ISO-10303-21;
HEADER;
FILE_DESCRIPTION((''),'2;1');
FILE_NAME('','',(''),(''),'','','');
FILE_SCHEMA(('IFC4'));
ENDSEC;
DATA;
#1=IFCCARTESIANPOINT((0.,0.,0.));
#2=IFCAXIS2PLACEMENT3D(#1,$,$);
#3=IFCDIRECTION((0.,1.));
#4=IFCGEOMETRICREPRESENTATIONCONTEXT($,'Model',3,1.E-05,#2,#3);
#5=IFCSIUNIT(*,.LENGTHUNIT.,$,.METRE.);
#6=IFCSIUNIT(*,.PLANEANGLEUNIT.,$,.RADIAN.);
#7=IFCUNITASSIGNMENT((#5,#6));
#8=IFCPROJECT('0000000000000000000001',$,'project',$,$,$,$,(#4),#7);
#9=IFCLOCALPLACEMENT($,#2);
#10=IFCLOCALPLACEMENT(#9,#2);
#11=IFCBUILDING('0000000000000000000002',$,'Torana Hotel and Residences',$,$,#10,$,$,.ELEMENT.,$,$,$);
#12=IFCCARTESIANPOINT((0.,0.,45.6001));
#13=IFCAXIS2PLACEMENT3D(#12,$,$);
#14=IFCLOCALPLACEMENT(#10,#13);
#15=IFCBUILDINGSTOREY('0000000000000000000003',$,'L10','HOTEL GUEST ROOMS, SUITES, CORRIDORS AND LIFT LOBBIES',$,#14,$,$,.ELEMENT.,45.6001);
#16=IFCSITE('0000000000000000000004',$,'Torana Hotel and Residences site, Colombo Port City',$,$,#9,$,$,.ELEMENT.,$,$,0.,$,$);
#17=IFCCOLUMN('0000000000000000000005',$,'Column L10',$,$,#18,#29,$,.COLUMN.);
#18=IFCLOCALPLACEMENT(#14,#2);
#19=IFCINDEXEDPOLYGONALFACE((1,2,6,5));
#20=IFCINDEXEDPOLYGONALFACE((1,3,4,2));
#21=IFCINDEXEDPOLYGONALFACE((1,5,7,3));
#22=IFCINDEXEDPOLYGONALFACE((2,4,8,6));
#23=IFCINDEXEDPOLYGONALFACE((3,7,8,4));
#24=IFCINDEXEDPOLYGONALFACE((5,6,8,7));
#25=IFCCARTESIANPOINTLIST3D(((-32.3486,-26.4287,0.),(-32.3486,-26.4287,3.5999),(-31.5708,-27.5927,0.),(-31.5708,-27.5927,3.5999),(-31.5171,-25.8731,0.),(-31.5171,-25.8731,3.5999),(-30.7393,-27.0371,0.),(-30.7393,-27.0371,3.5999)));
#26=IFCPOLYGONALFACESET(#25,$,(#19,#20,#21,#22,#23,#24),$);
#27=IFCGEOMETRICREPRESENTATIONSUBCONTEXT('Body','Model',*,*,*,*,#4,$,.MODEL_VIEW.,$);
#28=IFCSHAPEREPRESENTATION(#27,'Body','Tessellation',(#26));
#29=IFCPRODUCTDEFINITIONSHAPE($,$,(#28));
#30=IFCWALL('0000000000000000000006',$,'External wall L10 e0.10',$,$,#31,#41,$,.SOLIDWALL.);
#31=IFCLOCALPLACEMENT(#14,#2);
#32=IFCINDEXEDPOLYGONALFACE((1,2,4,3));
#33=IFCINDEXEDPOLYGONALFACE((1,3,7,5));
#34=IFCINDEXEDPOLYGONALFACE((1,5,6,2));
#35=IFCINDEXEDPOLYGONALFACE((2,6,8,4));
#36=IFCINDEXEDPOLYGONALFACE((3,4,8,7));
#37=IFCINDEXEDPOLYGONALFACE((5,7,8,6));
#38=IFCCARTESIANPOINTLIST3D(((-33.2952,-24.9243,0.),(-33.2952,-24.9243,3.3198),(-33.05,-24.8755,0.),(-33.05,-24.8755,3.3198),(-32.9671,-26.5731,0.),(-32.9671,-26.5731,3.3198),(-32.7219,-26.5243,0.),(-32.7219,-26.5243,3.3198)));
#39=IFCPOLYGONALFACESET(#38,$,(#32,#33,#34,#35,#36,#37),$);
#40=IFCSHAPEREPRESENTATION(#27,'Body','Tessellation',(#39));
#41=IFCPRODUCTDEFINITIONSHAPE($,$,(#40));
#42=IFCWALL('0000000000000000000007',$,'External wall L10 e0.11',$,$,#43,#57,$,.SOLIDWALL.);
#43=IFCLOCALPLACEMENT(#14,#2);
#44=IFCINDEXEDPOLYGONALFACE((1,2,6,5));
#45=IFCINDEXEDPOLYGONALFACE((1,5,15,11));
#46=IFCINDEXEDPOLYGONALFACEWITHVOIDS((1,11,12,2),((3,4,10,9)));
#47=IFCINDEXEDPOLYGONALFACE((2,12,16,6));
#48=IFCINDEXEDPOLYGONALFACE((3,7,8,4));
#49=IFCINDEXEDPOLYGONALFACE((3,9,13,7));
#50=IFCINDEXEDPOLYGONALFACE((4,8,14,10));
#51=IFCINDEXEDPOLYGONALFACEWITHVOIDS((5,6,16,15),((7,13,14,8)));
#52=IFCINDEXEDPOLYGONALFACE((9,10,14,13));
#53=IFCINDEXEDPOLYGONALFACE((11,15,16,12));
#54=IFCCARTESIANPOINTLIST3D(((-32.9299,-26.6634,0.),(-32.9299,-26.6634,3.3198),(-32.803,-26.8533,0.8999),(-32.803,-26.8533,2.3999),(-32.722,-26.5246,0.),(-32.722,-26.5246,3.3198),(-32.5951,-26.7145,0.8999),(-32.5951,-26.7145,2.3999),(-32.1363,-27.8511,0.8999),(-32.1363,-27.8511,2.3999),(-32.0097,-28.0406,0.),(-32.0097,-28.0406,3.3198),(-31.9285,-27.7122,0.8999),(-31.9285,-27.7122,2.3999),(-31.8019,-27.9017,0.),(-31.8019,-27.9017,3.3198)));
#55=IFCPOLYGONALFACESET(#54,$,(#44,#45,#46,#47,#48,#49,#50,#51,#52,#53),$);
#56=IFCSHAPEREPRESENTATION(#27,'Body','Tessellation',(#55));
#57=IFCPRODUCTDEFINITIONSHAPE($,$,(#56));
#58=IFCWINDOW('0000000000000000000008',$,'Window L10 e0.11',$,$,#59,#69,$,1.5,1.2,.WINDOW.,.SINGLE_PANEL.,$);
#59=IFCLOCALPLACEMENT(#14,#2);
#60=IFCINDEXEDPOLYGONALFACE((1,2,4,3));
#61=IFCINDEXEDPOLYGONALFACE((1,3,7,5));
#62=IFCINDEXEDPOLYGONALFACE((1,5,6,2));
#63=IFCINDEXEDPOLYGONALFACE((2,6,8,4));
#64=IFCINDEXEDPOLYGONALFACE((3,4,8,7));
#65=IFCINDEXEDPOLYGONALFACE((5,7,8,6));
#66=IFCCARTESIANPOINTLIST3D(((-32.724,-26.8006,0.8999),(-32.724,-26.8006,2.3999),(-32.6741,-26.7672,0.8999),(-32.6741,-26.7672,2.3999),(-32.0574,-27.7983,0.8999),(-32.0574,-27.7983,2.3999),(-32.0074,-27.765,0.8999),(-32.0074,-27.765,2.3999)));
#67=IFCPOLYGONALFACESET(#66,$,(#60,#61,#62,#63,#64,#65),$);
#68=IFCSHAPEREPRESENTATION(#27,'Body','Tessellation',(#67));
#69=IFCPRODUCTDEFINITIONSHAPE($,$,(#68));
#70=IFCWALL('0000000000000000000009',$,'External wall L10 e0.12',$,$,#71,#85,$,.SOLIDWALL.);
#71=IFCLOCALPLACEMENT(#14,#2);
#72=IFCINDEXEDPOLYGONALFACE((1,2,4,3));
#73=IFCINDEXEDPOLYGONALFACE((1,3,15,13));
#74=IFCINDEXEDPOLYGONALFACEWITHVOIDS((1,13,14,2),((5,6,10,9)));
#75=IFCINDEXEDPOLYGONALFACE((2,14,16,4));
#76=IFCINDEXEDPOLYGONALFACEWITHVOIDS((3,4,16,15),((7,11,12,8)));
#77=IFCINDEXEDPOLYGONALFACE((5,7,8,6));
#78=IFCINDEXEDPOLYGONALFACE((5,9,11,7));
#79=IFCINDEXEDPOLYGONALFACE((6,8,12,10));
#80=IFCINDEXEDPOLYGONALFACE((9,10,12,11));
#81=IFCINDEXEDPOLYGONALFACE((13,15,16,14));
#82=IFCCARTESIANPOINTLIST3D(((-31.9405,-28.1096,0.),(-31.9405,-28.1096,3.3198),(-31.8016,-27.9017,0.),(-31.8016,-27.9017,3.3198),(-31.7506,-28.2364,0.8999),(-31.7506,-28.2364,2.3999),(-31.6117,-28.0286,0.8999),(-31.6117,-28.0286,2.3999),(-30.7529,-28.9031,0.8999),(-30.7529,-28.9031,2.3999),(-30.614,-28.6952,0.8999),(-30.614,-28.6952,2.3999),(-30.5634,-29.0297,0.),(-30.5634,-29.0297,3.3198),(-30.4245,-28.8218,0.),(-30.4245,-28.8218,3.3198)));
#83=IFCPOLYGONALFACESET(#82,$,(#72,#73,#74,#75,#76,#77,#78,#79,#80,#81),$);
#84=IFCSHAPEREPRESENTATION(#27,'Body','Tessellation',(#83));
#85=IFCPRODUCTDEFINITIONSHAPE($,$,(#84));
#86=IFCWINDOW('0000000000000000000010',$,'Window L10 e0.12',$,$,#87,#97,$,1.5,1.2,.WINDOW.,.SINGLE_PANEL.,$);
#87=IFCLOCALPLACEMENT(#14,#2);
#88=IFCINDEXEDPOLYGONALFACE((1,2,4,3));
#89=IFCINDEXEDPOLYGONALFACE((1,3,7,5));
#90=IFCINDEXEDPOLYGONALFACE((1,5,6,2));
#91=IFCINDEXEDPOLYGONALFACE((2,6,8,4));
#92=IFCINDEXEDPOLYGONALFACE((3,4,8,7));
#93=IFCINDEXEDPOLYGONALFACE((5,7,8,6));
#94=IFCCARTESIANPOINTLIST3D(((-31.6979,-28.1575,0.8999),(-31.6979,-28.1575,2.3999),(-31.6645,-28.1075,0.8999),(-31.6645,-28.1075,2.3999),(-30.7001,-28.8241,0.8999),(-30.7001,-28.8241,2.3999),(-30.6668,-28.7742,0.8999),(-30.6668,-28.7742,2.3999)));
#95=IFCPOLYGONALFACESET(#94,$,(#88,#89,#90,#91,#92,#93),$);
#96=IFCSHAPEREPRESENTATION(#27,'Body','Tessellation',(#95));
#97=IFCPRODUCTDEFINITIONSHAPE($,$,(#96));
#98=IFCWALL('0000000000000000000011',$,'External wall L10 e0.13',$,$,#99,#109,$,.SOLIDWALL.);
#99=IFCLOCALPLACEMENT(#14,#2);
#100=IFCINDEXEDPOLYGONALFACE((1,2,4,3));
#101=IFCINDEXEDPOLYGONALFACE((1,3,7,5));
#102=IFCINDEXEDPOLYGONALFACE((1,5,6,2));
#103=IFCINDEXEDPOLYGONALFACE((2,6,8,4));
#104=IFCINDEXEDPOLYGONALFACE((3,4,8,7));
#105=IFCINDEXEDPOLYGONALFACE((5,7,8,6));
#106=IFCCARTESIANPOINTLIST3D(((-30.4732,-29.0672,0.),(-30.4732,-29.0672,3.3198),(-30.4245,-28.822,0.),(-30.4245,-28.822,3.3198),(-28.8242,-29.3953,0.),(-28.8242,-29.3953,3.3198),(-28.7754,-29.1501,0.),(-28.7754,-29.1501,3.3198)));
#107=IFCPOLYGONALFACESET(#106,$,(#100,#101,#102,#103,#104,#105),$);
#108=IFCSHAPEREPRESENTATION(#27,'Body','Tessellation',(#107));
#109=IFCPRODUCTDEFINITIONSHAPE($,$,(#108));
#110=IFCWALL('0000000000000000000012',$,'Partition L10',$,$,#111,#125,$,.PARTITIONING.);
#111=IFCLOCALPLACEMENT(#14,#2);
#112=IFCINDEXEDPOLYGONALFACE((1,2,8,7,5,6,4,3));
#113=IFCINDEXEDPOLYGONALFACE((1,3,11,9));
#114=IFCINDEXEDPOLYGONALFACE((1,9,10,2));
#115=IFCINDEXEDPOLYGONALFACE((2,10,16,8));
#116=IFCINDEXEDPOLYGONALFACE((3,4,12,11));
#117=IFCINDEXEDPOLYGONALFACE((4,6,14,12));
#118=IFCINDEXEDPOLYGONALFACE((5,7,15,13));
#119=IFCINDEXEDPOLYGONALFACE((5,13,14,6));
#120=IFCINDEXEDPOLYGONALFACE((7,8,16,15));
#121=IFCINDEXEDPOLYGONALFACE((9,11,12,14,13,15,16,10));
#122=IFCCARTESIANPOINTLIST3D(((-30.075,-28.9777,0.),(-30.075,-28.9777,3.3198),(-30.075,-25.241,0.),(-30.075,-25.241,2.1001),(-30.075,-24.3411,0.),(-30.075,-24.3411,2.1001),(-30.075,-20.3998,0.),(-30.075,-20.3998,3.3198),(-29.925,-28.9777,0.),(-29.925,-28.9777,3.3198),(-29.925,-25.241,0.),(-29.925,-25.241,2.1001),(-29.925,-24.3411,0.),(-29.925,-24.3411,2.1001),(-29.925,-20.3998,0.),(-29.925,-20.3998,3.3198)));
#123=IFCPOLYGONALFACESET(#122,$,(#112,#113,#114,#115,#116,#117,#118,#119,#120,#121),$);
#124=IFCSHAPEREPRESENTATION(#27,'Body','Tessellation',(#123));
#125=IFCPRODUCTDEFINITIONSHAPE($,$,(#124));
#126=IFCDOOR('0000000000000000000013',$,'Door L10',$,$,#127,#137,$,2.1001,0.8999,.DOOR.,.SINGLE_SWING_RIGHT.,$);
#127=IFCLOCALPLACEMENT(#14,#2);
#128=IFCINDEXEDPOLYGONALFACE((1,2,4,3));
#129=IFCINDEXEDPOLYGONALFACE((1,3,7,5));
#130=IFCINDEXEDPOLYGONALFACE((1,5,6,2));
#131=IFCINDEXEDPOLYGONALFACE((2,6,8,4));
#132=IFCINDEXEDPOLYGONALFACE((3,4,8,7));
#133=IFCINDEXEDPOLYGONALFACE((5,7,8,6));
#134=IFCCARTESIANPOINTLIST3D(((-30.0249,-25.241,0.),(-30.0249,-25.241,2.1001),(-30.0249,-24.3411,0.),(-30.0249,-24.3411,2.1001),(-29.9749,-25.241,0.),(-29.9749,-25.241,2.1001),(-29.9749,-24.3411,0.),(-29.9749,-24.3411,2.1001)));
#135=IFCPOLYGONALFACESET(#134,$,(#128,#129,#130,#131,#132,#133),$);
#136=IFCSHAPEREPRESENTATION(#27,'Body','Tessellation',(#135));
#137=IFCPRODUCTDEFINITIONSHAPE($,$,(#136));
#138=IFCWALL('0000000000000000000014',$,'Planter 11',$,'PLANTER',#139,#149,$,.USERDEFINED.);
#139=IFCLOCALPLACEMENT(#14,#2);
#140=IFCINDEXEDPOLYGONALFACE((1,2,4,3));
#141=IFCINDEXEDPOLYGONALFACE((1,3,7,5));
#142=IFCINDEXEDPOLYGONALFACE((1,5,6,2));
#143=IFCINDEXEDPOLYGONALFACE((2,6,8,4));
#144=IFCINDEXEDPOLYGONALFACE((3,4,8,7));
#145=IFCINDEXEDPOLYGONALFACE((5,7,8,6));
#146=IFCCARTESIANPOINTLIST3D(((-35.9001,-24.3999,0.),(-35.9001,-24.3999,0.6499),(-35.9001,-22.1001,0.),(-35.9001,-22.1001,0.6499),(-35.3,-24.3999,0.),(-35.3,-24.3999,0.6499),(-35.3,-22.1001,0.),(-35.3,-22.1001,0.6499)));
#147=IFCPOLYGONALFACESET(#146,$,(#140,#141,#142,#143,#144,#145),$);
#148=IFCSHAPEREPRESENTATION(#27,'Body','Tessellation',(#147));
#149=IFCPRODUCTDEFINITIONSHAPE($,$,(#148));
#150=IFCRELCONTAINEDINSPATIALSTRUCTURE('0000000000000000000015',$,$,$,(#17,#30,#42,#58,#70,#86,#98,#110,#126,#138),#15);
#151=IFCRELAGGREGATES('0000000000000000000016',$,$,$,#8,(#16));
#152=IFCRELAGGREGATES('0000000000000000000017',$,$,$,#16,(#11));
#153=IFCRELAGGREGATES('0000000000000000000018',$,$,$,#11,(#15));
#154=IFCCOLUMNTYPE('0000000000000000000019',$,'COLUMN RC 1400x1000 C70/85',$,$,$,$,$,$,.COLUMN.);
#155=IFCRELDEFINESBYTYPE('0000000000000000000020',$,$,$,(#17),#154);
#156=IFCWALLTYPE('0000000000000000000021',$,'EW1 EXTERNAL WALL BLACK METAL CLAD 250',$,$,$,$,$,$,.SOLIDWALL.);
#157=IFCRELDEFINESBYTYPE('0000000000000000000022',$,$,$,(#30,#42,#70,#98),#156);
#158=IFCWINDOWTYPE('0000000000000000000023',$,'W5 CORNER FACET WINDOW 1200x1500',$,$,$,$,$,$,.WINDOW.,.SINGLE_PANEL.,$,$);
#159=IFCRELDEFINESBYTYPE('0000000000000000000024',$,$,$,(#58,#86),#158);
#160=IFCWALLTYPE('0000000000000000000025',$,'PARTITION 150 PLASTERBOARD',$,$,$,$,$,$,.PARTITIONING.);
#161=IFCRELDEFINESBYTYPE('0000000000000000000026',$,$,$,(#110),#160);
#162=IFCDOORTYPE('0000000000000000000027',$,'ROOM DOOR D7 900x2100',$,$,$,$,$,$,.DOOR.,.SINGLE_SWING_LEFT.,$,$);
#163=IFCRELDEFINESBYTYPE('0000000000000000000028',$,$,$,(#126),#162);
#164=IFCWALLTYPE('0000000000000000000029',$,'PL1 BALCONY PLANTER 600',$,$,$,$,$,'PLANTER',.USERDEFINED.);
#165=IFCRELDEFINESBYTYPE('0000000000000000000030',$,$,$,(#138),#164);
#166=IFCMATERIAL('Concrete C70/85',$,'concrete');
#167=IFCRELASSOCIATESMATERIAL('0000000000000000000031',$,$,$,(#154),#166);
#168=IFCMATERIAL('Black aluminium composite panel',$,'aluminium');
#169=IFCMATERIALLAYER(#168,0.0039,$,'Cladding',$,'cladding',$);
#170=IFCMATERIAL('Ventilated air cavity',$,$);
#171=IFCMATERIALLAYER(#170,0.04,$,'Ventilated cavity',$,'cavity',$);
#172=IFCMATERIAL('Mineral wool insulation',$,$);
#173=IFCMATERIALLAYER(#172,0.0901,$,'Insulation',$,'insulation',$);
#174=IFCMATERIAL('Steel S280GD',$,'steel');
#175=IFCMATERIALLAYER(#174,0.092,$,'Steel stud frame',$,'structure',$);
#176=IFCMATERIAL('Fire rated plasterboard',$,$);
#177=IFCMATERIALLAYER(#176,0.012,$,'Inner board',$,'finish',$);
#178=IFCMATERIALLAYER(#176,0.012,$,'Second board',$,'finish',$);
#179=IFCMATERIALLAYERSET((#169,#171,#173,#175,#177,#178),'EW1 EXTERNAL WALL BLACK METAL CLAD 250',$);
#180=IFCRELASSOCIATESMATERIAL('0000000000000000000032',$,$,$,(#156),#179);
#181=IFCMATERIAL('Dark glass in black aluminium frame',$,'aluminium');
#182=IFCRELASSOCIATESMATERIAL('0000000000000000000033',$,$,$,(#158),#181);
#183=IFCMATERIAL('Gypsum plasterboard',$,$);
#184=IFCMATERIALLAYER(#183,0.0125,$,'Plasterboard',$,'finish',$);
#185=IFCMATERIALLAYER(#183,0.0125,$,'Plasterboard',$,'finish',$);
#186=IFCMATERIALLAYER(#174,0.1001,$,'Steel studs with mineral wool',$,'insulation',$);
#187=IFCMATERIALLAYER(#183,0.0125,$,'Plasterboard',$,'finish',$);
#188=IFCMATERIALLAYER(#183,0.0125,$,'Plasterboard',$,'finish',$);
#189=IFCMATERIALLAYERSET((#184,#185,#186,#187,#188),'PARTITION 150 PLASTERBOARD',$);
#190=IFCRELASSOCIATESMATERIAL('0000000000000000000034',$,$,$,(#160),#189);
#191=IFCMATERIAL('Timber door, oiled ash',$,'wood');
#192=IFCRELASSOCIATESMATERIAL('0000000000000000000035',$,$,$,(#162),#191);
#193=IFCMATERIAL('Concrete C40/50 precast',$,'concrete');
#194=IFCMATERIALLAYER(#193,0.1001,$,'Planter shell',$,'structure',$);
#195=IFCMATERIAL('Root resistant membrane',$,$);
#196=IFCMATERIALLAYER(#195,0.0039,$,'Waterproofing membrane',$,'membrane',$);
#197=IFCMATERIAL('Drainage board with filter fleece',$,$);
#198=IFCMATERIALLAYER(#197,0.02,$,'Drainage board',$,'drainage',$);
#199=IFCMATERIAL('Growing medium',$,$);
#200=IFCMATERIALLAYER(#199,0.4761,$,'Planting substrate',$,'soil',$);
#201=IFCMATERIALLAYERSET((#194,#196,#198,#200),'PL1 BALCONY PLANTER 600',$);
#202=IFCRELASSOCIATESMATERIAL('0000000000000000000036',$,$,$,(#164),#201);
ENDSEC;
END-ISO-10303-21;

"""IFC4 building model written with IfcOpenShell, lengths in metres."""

from ifc_helpers import new_model, si_unit, direction, frame, frame_2d, origin, origin_2d, place, context, subcontext, project, spatial, rectangle, extrude, material, layer, layer_set, material_profile, profile_set, type_object, element, fill, save


model = new_model("IFC4")

# Units and contexts
model_context = context("Model", 3, precision=1e-05, world=origin(), true_north=direction((0.0, 1.0)))
body_context = subcontext(model_context, "Body", "Model", "MODEL_VIEW")
ifc_project = project(units=[si_unit("LENGTHUNIT", "METRE"), si_unit("PLANEANGLEUNIT", "RADIAN")], contexts=[model_context])

# Site, building, storey
site_placement = place(None, origin())
site = spatial("IfcSite", under=ifc_project, at=site_placement, Name="Torana Hotel and Residences site, Colombo Port City", CompositionType="ELEMENT", RefElevation=0.0)
building_placement = place(site_placement, origin())
building = spatial("IfcBuilding", under=site, at=building_placement, Name="Torana Hotel and Residences", CompositionType="ELEMENT")
storey_placement = place(building_placement, frame((0.0, 0.0, 45.6001)))
storey = spatial("IfcBuildingStorey", under=building, at=storey_placement, Name="L10", Description="HOTEL GUEST ROOMS, SUITES, CORRIDORS AND LIFT LOBBIES", CompositionType="ELEMENT", Elevation=45.6001)

# Column
ifc_material_1 = material(Name="Concrete C70/85", Category="concrete")
ifc_material_profile = material_profile(ifc_material_1, rectangle(XDim=1.3999, YDim=1.0, at=origin_2d()), Name="RC 1400x1000")
ifc_profile_set = profile_set([ifc_material_profile], Name="Concrete C70/85")
column_type = type_object("IfcColumnType", Name="COLUMN RC 1400x1000 C70/85", PredefinedType="COLUMN", material=ifc_profile_set)
column_placement = place(storey_placement, frame((-31.5439, -26.7329, 0.0), z_axis=(0.0, 0.0, 1.0), x_axis=(-0.555585, 0.83146, 0.0)))
element("IfcColumn", 1, at=column_placement, inside=storey, type_object=column_type, Name="Column L10", PredefinedType="COLUMN", context=body_context, shape_type="SweptSolid", body=[
    extrude(rectangle(XDim=1.3999, YDim=1.0, at=origin_2d()), origin(), (0.0, 0.0, 1.0), 3.5999),
])

# Wall
ifc_material_2 = material(Name="Black aluminium composite panel", Category="aluminium")
ifc_layer_1 = layer(ifc_material_2, 0.0039, Name="Cladding", Category="cladding")
ifc_material_3 = material(Name="Ventilated air cavity")
ifc_layer_2 = layer(ifc_material_3, 0.04, Name="Ventilated cavity", Category="cavity")
ifc_material_4 = material(Name="Mineral wool insulation")
ifc_layer_3 = layer(ifc_material_4, 0.0901, Name="Insulation", Category="insulation")
ifc_material_5 = material(Name="Steel S280GD", Category="steel")
ifc_layer_4 = layer(ifc_material_5, 0.092, Name="Steel stud frame", Category="structure")
ifc_material_6 = material(Name="Fire rated plasterboard")
ifc_layer_5 = layer(ifc_material_6, 0.012, Name="Inner board", Category="finish")
ifc_layer_6 = layer(ifc_material_6, 0.012, Name="Second board", Category="finish")
ifc_layer_set_1 = layer_set([ifc_layer_1, ifc_layer_2, ifc_layer_3, ifc_layer_4, ifc_layer_5, ifc_layer_6], Name="EW1 EXTERNAL WALL BLACK METAL CLAD 250")
wall_type_1 = type_object("IfcWallType", Name="EW1 EXTERNAL WALL BLACK METAL CLAD 250", PredefinedType="SOLIDWALL", material=ifc_layer_set_1)
wall_1_placement = place(storey_placement, frame((-33.1726, -24.8999, 0.0), z_axis=(0.0, 0.0, 1.0), x_axis=(0.195167, -0.98077, 0.0)))
element("IfcWall", 2, at=wall_1_placement, inside=storey, type_object=wall_type_1, Name="External wall L10 e0.10", PredefinedType="SOLIDWALL", context=body_context, shape_type="SweptSolid", body=[
    extrude(rectangle(XDim=1.6812, YDim=0.25, at=frame_2d((0.8406, 0.0))), origin(), (0.0, 0.0, 1.0), 3.3198),
])

# Walls, openings, windows
wall_2_placement = place(storey_placement, frame((-32.8259, -26.594, 0.0), z_axis=(0.0, 0.0, 1.0), x_axis=(0.55555, -0.831483, 0.0)))
wall_2 = element("IfcWall", 3, at=wall_2_placement, inside=storey, type_object=wall_type_1, Name="External wall L10 e0.11", PredefinedType="SOLIDWALL", context=body_context, shape_type="SweptSolid", body=[
    extrude(rectangle(XDim=1.6562, YDim=0.25, at=frame_2d((0.8281, 0.0))), origin(), (0.0, 0.0, 1.0), 3.3198),
])
opening_1_placement = place(wall_2_placement, frame((0.2283, 0.0, 0.8999)))
opening_1 = element("IfcOpeningElement", 4, at=opening_1_placement, cuts=wall_2, PredefinedType="OPENING", context=body_context, shape_type="SweptSolid", body=[
    extrude(rectangle(XDim=1.2, YDim=1.5, at=frame_2d((0.6001, 0.75))), frame((0.0, 0.135, 0.0), z_axis=(0.0, -1.0, 0.0), x_axis=(1.0, 0.0, 0.0)), (0.0, 0.0, 1.0), 0.27),
])
ifc_material_7 = material(Name="Dark glass in black aluminium frame", Category="aluminium")
window_type = type_object("IfcWindowType", Name="W5 CORNER FACET WINDOW 1200x1500", PartitioningType="SINGLE_PANEL", PredefinedType="WINDOW", material=ifc_material_7)
window_1_placement = place(opening_1_placement, origin())
window_1 = element("IfcWindow", 5, at=window_1_placement, inside=storey, type_object=window_type, Name="Window L10 e0.11", OverallHeight=1.5, OverallWidth=1.2, PartitioningType="SINGLE_PANEL", PredefinedType="WINDOW", context=body_context, shape_type="SweptSolid", body=[
    extrude(rectangle(XDim=1.2, YDim=1.5, at=frame_2d((0.6001, 0.75))), frame((0.0, 0.03, 0.0), z_axis=(0.0, -1.0, 0.0), x_axis=(1.0, 0.0, 0.0)), (0.0, 0.0, 1.0), 0.0601),
])
fill(opening_1, window_1)
wall_3_placement = place(storey_placement, frame((-31.8711, -28.0056, 0.0), z_axis=(0.0, 0.0, 1.0), x_axis=(0.831483, -0.55555, 0.0)))
wall_3 = element("IfcWall", 6, at=wall_3_placement, inside=storey, type_object=wall_type_1, Name="External wall L10 e0.12", PredefinedType="SOLIDWALL", context=body_context, shape_type="SweptSolid", body=[
    extrude(rectangle(XDim=1.6562, YDim=0.25, at=frame_2d((0.8281, 0.0))), origin(), (0.0, 0.0, 1.0), 3.3198),
])
opening_2_placement = place(wall_3_placement, frame((0.2283, 0.0, 0.8999)))
opening_2 = element("IfcOpeningElement", 7, at=opening_2_placement, cuts=wall_3, PredefinedType="OPENING", context=body_context, shape_type="SweptSolid", body=[
    extrude(rectangle(XDim=1.2, YDim=1.5, at=frame_2d((0.6001, 0.75))), frame((0.0, 0.135, 0.0), z_axis=(0.0, -1.0, 0.0), x_axis=(1.0, 0.0, 0.0)), (0.0, 0.0, 1.0), 0.27),
])
window_2_placement = place(opening_2_placement, origin())
window_2 = element("IfcWindow", 8, at=window_2_placement, inside=storey, type_object=window_type, Name="Window L10 e0.12", OverallHeight=1.5, OverallWidth=1.2, PartitioningType="SINGLE_PANEL", PredefinedType="WINDOW", context=body_context, shape_type="SweptSolid", body=[
    extrude(rectangle(XDim=1.2, YDim=1.5, at=frame_2d((0.6001, 0.75))), frame((0.0, 0.03, 0.0), z_axis=(0.0, -1.0, 0.0), x_axis=(1.0, 0.0, 0.0)), (0.0, 0.0, 1.0), 0.0601),
])
fill(opening_2, window_2)

# Wall
wall_4_placement = place(storey_placement, frame((-30.449, -28.9446, 0.0), z_axis=(0.0, 0.0, 1.0), x_axis=(0.980776, -0.195139, 0.0)))
element("IfcWall", 9, at=wall_4_placement, inside=storey, type_object=wall_type_1, Name="External wall L10 e0.13", PredefinedType="SOLIDWALL", context=body_context, shape_type="SweptSolid", body=[
    extrude(rectangle(XDim=1.6814, YDim=0.25, at=frame_2d((0.8408, 0.0))), origin(), (0.0, 0.0, 1.0), 3.3198),
])

# Wall, opening, door
ifc_material_8 = material(Name="Gypsum plasterboard")
ifc_layer_7 = layer(ifc_material_8, 0.0125, Name="Plasterboard", Category="finish")
ifc_layer_8 = layer(ifc_material_8, 0.0125, Name="Plasterboard", Category="finish")
ifc_layer_9 = layer(ifc_material_5, 0.1001, Name="Steel studs with mineral wool", Category="insulation")
ifc_layer_10 = layer(ifc_material_8, 0.0125, Name="Plasterboard", Category="finish")
ifc_layer_11 = layer(ifc_material_8, 0.0125, Name="Plasterboard", Category="finish")
ifc_layer_set_2 = layer_set([ifc_layer_7, ifc_layer_8, ifc_layer_9, ifc_layer_10, ifc_layer_11], Name="PARTITION 150 PLASTERBOARD")
wall_type_2 = type_object("IfcWallType", Name="PARTITION 150 PLASTERBOARD", PredefinedType="PARTITIONING", material=ifc_layer_set_2)
wall_5_placement = place(storey_placement, frame((-30.0, -28.9778, 0.0), z_axis=(0.0, 0.0, 1.0), x_axis=(0.0, 1.0, 0.0)))
wall_5 = element("IfcWall", 10, at=wall_5_placement, inside=storey, type_object=wall_type_2, Name="Partition L10", PredefinedType="PARTITIONING", context=body_context, shape_type="SweptSolid", body=[
    extrude(rectangle(XDim=8.5779, YDim=0.1499, at=frame_2d((4.2891, 0.0))), origin(), (0.0, 0.0, 1.0), 3.3198),
])
opening_3_placement = place(wall_5_placement, frame((3.7368, 0.0, 0.0)))
opening_3 = element("IfcOpeningElement", 11, at=opening_3_placement, cuts=wall_5, PredefinedType="OPENING", context=body_context, shape_type="SweptSolid", body=[
    extrude(rectangle(XDim=0.8999, YDim=2.1001, at=frame_2d((0.45, 1.05))), frame((0.0, 0.085, 0.0), z_axis=(0.0, -1.0, 0.0), x_axis=(1.0, 0.0, 0.0)), (0.0, 0.0, 1.0), 0.1699),
])
ifc_material_9 = material(Name="Timber door, oiled ash", Category="wood")
door_type = type_object("IfcDoorType", Name="ROOM DOOR D7 900x2100", OperationType="SINGLE_SWING_LEFT", PredefinedType="DOOR", material=ifc_material_9)
door_placement = place(opening_3_placement, origin())
door = element("IfcDoor", 12, at=door_placement, inside=storey, type_object=door_type, Name="Door L10", OperationType="SINGLE_SWING_RIGHT", OverallHeight=2.1001, OverallWidth=0.8999, PredefinedType="DOOR", context=body_context, shape_type="SweptSolid", body=[
    extrude(rectangle(XDim=0.8999, YDim=2.1001, at=frame_2d((0.45, 1.05))), frame((0.0, 0.0249, 0.0), z_axis=(0.0, -1.0, 0.0), x_axis=(1.0, 0.0, 0.0)), (0.0, 0.0, 1.0), 0.05),
])
fill(opening_3, door)

# Wall
ifc_material_10 = material(Name="Concrete C40/50 precast", Category="concrete")
ifc_layer_12 = layer(ifc_material_10, 0.1001, Name="Planter shell", Category="structure")
ifc_material_11 = material(Name="Root resistant membrane")
ifc_layer_13 = layer(ifc_material_11, 0.0039, Name="Waterproofing membrane", Category="membrane")
ifc_material_12 = material(Name="Drainage board with filter fleece")
ifc_layer_14 = layer(ifc_material_12, 0.02, Name="Drainage board", Category="drainage")
ifc_material_13 = material(Name="Growing medium")
ifc_layer_15 = layer(ifc_material_13, 0.4761, Name="Planting substrate", Category="soil")
ifc_layer_set_3 = layer_set([ifc_layer_12, ifc_layer_13, ifc_layer_14, ifc_layer_15], Name="PL1 BALCONY PLANTER 600")
wall_type_3 = type_object("IfcWallType", Name="PL1 BALCONY PLANTER 600", ElementType="PLANTER", PredefinedType="USERDEFINED", material=ifc_layer_set_3)
wall_6_placement = place(storey_placement, frame((-35.6001, -24.3999, 0.0), z_axis=(0.0, 0.0, 1.0), x_axis=(0.0, 1.0, 0.0)))
element("IfcWall", 13, at=wall_6_placement, inside=storey, type_object=wall_type_3, Name="Planter 11", ObjectType="PLANTER", PredefinedType="USERDEFINED", context=body_context, shape_type="SweptSolid", body=[
    extrude(rectangle(XDim=2.2998, YDim=0.6001, at=frame_2d((1.1499, 0.0))), origin(), (0.0, 0.0, 1.0), 0.6499),
])

save(model, "model.ifc")
